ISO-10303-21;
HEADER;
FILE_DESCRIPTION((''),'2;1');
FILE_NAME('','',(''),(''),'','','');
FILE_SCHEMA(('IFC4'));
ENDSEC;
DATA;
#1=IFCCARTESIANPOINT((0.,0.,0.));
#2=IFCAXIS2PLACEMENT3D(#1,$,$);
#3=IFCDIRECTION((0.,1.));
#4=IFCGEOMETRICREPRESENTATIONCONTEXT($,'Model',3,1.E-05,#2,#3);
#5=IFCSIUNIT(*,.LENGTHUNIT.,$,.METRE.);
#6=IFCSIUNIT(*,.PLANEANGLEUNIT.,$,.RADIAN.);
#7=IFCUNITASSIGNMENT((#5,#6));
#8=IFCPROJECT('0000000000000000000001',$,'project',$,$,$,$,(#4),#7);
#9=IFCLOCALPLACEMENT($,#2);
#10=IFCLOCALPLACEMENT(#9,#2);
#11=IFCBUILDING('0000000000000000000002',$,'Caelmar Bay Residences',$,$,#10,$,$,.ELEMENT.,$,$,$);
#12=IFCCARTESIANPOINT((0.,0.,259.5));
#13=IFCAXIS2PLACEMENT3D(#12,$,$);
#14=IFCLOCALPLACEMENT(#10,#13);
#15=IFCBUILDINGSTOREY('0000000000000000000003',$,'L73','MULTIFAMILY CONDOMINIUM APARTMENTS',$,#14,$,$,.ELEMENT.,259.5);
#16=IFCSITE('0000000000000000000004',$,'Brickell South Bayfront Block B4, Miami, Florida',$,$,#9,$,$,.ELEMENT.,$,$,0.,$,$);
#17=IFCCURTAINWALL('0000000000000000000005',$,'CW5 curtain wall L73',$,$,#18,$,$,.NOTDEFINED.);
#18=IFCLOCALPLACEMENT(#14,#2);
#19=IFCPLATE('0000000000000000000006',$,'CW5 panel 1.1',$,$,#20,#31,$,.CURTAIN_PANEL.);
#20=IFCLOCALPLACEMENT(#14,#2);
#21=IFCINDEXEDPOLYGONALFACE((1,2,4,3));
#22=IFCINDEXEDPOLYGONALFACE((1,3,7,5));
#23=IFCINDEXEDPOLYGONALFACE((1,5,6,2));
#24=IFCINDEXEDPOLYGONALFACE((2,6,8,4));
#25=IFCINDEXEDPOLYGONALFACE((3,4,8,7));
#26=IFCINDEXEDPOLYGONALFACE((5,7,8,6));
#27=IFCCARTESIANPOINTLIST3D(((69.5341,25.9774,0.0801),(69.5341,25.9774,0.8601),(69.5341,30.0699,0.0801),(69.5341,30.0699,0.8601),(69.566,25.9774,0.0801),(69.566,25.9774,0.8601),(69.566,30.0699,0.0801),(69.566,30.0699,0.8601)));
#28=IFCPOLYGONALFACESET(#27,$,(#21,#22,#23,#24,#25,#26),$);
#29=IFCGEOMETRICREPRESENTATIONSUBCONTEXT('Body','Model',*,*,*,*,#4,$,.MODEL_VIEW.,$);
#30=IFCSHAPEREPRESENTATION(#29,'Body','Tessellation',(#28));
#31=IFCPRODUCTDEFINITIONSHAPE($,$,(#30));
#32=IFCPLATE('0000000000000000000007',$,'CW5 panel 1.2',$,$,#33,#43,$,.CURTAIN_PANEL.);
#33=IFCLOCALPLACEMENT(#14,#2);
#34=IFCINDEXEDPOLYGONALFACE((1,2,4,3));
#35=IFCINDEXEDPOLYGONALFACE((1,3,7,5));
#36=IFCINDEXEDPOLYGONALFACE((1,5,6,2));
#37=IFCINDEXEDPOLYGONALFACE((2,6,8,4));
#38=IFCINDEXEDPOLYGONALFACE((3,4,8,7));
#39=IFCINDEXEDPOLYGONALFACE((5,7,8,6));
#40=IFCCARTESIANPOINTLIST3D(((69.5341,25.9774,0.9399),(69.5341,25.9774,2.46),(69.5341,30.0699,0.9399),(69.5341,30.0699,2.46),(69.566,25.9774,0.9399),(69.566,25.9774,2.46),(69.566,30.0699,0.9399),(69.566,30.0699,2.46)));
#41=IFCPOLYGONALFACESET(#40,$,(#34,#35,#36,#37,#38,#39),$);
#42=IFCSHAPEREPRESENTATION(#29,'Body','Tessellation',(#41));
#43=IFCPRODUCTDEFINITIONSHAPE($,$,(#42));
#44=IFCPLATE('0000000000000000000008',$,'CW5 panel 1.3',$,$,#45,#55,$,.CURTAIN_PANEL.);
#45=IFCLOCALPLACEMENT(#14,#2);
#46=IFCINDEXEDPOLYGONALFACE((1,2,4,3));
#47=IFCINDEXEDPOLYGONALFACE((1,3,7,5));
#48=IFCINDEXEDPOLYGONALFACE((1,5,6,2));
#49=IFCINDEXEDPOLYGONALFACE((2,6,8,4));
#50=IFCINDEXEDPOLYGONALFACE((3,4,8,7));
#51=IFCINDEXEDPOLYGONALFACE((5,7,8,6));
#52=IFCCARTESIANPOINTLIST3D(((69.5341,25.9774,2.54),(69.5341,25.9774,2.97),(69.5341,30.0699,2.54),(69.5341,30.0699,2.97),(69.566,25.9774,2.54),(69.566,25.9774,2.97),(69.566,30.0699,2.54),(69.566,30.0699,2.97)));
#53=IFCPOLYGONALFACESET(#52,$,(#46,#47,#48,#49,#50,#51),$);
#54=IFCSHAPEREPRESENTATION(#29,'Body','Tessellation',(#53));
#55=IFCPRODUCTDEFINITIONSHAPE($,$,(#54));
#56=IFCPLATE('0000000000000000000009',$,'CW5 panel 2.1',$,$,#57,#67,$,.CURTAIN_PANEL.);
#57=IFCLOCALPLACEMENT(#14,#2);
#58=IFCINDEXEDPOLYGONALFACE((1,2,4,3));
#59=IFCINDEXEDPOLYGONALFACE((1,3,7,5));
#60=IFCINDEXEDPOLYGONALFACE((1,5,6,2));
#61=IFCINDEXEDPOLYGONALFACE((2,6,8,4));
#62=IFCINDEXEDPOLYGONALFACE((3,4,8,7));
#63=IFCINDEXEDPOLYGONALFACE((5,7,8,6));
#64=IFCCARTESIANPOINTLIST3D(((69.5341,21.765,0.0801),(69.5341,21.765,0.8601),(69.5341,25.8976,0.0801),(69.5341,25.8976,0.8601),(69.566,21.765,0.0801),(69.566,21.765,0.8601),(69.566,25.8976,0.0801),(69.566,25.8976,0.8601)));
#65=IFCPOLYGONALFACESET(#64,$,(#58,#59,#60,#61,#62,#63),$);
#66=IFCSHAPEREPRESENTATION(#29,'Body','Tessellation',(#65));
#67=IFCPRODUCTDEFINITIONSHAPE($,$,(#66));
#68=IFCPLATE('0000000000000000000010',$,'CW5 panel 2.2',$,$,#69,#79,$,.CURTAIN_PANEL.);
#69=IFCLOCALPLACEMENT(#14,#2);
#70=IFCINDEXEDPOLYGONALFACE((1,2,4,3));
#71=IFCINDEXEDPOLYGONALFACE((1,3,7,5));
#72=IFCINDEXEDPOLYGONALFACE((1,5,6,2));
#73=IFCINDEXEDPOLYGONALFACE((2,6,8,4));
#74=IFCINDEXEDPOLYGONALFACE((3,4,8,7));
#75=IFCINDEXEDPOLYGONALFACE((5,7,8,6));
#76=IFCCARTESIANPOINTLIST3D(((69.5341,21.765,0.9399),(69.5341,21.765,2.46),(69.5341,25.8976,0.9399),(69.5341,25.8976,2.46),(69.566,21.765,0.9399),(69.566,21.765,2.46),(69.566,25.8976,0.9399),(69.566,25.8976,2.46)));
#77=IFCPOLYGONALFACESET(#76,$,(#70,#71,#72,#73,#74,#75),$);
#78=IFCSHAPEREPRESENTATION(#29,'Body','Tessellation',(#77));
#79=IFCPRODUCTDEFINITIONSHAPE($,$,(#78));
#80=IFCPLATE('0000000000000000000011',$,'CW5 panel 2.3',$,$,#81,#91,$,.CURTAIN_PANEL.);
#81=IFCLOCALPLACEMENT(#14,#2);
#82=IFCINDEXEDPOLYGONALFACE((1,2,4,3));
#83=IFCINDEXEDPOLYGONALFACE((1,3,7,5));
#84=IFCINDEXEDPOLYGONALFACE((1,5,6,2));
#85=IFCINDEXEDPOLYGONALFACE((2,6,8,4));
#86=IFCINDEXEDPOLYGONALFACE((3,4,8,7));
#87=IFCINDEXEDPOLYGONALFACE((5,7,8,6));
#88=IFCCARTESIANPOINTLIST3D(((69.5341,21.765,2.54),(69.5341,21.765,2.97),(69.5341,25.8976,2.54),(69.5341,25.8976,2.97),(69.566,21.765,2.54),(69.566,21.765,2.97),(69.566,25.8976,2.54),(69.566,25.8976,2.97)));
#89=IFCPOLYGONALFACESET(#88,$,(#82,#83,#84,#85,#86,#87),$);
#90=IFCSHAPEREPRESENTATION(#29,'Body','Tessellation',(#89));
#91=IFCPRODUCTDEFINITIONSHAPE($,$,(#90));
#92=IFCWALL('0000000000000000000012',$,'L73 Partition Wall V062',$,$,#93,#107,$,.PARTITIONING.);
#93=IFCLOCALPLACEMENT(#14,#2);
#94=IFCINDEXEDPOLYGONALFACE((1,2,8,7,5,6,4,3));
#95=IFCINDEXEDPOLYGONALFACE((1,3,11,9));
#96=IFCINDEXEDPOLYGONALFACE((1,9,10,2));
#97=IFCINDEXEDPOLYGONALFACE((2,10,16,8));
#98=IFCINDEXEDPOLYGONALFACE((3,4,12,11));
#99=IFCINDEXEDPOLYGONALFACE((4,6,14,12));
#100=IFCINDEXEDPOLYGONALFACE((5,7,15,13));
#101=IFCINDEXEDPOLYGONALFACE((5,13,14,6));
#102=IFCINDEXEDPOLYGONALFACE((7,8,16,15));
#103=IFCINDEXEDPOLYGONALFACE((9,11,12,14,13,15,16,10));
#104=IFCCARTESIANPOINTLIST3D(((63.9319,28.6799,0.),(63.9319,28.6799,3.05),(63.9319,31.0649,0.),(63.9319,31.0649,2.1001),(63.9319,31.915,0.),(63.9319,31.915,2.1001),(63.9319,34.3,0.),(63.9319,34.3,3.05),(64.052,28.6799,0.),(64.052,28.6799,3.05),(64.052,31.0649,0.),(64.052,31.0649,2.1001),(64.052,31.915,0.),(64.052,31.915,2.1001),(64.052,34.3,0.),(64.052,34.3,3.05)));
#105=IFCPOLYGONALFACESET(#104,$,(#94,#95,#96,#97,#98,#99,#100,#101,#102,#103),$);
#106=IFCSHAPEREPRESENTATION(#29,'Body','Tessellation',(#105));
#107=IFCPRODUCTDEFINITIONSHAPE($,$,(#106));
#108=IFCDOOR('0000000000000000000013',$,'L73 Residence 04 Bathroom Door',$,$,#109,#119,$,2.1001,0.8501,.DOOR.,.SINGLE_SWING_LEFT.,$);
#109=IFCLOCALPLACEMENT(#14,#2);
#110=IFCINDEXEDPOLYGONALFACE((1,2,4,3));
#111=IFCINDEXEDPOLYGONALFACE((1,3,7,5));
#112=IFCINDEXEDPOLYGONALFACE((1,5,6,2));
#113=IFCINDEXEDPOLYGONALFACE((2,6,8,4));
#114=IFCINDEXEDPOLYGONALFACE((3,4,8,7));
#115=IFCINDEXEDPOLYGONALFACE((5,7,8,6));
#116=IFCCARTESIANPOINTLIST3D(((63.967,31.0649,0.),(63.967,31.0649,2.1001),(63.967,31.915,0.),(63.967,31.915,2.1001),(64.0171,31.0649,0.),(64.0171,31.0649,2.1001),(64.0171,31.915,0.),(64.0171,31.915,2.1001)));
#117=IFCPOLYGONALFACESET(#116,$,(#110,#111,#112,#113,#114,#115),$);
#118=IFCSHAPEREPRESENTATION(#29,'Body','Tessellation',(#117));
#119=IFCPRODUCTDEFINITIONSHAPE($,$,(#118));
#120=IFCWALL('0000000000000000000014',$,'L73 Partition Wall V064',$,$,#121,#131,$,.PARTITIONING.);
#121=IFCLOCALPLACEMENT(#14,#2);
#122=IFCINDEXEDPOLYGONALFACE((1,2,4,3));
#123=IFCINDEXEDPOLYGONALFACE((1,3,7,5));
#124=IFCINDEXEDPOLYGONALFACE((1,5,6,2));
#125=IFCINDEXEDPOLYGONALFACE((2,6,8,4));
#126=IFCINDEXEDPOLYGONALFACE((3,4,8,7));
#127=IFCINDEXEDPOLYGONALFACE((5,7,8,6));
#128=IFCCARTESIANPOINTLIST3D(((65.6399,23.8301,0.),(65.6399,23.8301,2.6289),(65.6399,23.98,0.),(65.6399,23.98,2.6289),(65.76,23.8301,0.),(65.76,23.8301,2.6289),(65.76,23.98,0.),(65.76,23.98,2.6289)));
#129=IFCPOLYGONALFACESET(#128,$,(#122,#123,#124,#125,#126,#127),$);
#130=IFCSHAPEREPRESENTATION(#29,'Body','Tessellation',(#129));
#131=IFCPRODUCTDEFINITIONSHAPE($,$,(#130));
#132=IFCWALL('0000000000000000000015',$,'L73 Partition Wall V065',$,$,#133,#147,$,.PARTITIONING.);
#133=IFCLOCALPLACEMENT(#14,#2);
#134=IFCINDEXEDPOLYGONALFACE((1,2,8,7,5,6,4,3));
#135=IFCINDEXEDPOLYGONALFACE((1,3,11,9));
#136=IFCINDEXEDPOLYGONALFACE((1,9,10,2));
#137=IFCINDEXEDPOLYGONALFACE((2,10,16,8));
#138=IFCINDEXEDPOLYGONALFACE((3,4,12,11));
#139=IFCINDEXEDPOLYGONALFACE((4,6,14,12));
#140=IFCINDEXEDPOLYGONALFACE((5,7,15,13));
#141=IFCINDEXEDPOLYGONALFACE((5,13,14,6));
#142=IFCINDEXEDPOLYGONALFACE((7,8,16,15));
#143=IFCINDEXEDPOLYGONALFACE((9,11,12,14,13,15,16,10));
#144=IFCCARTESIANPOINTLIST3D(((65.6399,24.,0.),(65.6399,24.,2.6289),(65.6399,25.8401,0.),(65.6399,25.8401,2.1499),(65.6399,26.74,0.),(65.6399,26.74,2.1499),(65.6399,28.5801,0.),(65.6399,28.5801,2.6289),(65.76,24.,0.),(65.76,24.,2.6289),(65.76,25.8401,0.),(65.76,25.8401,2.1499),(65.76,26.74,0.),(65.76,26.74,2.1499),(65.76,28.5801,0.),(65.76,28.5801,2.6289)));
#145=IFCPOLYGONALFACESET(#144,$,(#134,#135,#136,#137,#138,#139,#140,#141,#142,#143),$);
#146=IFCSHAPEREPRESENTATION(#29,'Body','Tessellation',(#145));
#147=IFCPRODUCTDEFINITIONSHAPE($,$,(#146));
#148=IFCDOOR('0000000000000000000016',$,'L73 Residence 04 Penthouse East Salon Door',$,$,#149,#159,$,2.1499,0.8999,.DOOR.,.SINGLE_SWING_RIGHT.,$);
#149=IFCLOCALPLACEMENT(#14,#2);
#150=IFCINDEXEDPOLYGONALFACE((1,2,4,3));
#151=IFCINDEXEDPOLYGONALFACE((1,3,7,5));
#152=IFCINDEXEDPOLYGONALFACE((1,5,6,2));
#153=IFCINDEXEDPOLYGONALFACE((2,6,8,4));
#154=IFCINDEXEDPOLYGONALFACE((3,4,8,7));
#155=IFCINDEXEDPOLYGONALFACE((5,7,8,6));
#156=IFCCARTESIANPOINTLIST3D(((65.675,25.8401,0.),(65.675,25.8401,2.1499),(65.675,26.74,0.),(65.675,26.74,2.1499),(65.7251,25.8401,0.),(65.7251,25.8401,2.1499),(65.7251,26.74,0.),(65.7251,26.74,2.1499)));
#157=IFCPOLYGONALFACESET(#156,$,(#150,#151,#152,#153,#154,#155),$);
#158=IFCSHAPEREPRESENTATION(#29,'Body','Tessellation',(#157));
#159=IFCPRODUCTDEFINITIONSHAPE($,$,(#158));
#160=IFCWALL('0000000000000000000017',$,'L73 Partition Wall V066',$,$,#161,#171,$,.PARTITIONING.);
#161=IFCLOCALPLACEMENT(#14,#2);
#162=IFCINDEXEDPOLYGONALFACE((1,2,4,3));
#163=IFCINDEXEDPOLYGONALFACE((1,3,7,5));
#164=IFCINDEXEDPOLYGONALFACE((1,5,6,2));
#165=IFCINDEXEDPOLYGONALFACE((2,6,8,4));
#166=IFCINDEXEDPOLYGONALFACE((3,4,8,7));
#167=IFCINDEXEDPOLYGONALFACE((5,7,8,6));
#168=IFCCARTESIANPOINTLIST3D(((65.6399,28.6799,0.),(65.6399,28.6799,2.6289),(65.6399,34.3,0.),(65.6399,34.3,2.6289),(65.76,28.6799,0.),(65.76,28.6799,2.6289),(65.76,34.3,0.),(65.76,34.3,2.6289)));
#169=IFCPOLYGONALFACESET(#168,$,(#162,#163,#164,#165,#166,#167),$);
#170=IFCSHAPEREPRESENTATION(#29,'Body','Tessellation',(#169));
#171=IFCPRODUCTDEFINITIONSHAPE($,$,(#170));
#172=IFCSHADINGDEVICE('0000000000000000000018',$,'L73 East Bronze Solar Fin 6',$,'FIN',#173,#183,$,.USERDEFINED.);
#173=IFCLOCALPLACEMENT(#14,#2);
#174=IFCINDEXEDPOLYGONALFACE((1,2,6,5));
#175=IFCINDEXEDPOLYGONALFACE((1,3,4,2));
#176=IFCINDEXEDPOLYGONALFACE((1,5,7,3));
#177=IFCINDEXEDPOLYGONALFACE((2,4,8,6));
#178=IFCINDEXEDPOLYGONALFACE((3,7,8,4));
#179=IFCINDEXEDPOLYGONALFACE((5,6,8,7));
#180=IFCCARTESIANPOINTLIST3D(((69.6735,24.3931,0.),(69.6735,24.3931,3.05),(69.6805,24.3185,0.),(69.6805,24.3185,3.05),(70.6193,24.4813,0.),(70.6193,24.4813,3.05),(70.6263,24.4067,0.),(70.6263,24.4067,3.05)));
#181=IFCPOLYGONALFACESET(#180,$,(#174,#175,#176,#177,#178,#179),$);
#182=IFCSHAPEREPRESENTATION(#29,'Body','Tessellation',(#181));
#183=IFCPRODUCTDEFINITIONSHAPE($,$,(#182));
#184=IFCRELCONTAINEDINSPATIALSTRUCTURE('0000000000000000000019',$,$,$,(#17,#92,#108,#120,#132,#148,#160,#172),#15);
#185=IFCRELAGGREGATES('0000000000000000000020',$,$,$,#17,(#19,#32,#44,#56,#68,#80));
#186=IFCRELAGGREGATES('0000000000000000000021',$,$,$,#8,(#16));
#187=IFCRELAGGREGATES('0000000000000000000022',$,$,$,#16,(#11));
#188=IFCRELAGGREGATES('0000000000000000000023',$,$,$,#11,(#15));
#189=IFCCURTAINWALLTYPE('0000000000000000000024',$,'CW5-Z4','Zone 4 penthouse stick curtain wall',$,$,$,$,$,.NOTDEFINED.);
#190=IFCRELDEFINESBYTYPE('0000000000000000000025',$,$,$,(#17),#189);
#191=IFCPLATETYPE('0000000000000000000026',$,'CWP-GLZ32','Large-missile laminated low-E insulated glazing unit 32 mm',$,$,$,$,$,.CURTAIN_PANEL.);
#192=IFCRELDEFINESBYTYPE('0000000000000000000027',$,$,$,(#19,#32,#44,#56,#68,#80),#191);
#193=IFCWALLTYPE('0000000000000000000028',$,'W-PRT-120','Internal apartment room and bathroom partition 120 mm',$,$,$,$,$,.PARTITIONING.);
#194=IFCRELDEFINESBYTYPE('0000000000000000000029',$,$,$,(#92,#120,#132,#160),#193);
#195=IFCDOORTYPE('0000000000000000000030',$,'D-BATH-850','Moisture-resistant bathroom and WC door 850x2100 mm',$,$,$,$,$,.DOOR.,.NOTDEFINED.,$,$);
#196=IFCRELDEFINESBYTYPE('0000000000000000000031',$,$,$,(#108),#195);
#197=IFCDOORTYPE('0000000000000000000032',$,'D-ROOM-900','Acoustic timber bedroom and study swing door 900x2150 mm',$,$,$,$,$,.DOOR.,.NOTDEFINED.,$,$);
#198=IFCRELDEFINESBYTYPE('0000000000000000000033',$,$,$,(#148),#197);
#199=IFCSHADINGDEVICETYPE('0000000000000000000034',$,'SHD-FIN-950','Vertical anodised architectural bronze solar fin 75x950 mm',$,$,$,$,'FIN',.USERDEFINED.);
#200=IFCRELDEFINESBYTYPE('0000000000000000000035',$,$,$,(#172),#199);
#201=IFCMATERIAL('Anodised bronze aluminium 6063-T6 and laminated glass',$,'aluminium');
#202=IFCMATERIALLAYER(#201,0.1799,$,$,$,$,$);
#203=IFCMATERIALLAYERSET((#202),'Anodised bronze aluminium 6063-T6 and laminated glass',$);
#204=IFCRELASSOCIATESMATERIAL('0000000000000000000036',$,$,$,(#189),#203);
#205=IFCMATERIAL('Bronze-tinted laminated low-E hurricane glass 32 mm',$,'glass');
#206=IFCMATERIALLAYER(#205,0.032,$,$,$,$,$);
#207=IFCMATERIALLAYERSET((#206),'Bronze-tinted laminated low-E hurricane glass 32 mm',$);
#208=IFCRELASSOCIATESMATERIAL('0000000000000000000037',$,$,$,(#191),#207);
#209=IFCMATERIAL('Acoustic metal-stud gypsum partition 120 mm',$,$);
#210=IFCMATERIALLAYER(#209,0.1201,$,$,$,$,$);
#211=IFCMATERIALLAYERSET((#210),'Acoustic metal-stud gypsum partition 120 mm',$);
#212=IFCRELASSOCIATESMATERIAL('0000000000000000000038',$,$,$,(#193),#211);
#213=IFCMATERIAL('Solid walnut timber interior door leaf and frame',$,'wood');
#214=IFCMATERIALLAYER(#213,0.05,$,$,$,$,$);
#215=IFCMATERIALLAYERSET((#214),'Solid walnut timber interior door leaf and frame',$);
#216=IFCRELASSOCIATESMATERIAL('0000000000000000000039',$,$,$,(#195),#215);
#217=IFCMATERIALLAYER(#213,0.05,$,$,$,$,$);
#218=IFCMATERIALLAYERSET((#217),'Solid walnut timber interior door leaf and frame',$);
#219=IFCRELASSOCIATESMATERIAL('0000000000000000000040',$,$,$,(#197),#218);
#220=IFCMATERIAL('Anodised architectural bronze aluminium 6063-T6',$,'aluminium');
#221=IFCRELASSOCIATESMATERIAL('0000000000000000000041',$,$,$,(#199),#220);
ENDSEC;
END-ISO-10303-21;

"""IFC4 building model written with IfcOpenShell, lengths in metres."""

from ifc_helpers import new_model, si_unit, direction, frame, frame_2d, origin, origin_2d, place, context, subcontext, project, spatial, rectangle, extrude, material, layer, layer_set, material_profile, profile_set, type_object, element, fill, aggregate, save


model = new_model("IFC4")

# Units and contexts
model_context = context("Model", 3, precision=1e-05, world=origin(), true_north=direction((0.0, 1.0)))
body_context = subcontext(model_context, "Body", "Model", "MODEL_VIEW")
ifc_project = project(units=[si_unit("LENGTHUNIT", "METRE"), si_unit("PLANEANGLEUNIT", "RADIAN")], contexts=[model_context])

# Site, building, storey
site_placement = place(None, origin())
site = spatial("IfcSite", under=ifc_project, at=site_placement, Name="Brickell South Bayfront Block B4, Miami, Florida", CompositionType="ELEMENT", RefElevation=0.0)
building_placement = place(site_placement, origin())
building = spatial("IfcBuilding", under=site, at=building_placement, Name="Caelmar Bay Residences", CompositionType="ELEMENT")
storey_placement = place(building_placement, frame((0.0, 0.0, 259.5)))
storey = spatial("IfcBuildingStorey", under=building, at=storey_placement, Name="L73", Description="MULTIFAMILY CONDOMINIUM APARTMENTS", CompositionType="ELEMENT", Elevation=259.5)

# Curtain wall, plates
ifc_material_1 = material(Name="Anodised bronze aluminium 6063-T6 and laminated glass", Category="aluminium")
ifc_layer_1 = layer(ifc_material_1, 0.1799)
ifc_layer_set_1 = layer_set([ifc_layer_1], Name="Anodised bronze aluminium 6063-T6 and laminated glass")
curtain_wall_type = type_object("IfcCurtainWallType", Name="CW5-Z4", Description="Zone 4 penthouse stick curtain wall", PredefinedType="NOTDEFINED", material=ifc_layer_set_1)
curtain_wall_placement = place(storey_placement, origin())
curtain_wall = element("IfcCurtainWall", 1, at=curtain_wall_placement, inside=storey, type_object=curtain_wall_type, Name="CW5 curtain wall L73", PredefinedType="NOTDEFINED")
ifc_material_2 = material(Name="Bronze-tinted laminated low-E hurricane glass 32 mm", Category="glass")
ifc_layer_2 = layer(ifc_material_2, 0.032)
ifc_layer_set_2 = layer_set([ifc_layer_2], Name="Bronze-tinted laminated low-E hurricane glass 32 mm")
plate_type = type_object("IfcPlateType", Name="CWP-GLZ32", Description="Large-missile laminated low-E insulated glazing unit 32 mm", PredefinedType="CURTAIN_PANEL", material=ifc_layer_set_2)
plate_1_placement = place(storey_placement, frame((69.55, 28.0237, 0.0801), z_axis=(0.0, 0.0, 1.0), x_axis=(0.0, -1.0, 0.0)))
plate_1 = element("IfcPlate", 2, at=plate_1_placement, type_object=plate_type, Name="CW5 panel 1.1", PredefinedType="CURTAIN_PANEL", context=body_context, shape_type="SweptSolid", body=[
    extrude(rectangle(XDim=4.0925, YDim=0.032, at=origin_2d()), origin(), (0.0, 0.0, 1.0), 0.78),
])
plate_2_placement = place(storey_placement, frame((69.55, 28.0237, 0.9399), z_axis=(0.0, 0.0, 1.0), x_axis=(0.0, -1.0, 0.0)))
plate_2 = element("IfcPlate", 3, at=plate_2_placement, type_object=plate_type, Name="CW5 panel 1.2", PredefinedType="CURTAIN_PANEL", context=body_context, shape_type="SweptSolid", body=[
    extrude(rectangle(XDim=4.0925, YDim=0.032, at=origin_2d()), origin(), (0.0, 0.0, 1.0), 1.52),
])
plate_3_placement = place(storey_placement, frame((69.55, 28.0237, 2.54), z_axis=(0.0, 0.0, 1.0), x_axis=(0.0, -1.0, 0.0)))
plate_3 = element("IfcPlate", 4, at=plate_3_placement, type_object=plate_type, Name="CW5 panel 1.3", PredefinedType="CURTAIN_PANEL", context=body_context, shape_type="SweptSolid", body=[
    extrude(rectangle(XDim=4.0925, YDim=0.032, at=origin_2d()), origin(), (0.0, 0.0, 1.0), 0.4299),
])
plate_4_placement = place(storey_placement, frame((69.55, 23.8313, 0.0801), z_axis=(0.0, 0.0, 1.0), x_axis=(0.0, -1.0, 0.0)))
plate_4 = element("IfcPlate", 5, at=plate_4_placement, type_object=plate_type, Name="CW5 panel 2.1", PredefinedType="CURTAIN_PANEL", context=body_context, shape_type="SweptSolid", body=[
    extrude(rectangle(XDim=4.1326, YDim=0.032, at=origin_2d()), origin(), (0.0, 0.0, 1.0), 0.78),
])
plate_5_placement = place(storey_placement, frame((69.55, 23.8313, 0.9399), z_axis=(0.0, 0.0, 1.0), x_axis=(0.0, -1.0, 0.0)))
plate_5 = element("IfcPlate", 6, at=plate_5_placement, type_object=plate_type, Name="CW5 panel 2.2", PredefinedType="CURTAIN_PANEL", context=body_context, shape_type="SweptSolid", body=[
    extrude(rectangle(XDim=4.1326, YDim=0.032, at=origin_2d()), origin(), (0.0, 0.0, 1.0), 1.52),
])
plate_6_placement = place(storey_placement, frame((69.55, 23.8313, 2.54), z_axis=(0.0, 0.0, 1.0), x_axis=(0.0, -1.0, 0.0)))
plate_6 = element("IfcPlate", 7, at=plate_6_placement, type_object=plate_type, Name="CW5 panel 2.3", PredefinedType="CURTAIN_PANEL", context=body_context, shape_type="SweptSolid", body=[
    extrude(rectangle(XDim=4.1326, YDim=0.032, at=origin_2d()), origin(), (0.0, 0.0, 1.0), 0.4299),
])
aggregate(curtain_wall, [plate_1, plate_2, plate_3, plate_4, plate_5, plate_6])

# Wall, opening, door
ifc_material_3 = material(Name="Acoustic metal-stud gypsum partition 120 mm")
ifc_layer_3 = layer(ifc_material_3, 0.1201)
ifc_layer_set_3 = layer_set([ifc_layer_3], Name="Acoustic metal-stud gypsum partition 120 mm")
wall_type = type_object("IfcWallType", Name="W-PRT-120", Description="Internal apartment room and bathroom partition 120 mm", PredefinedType="PARTITIONING", material=ifc_layer_set_3)
wall_1_placement = place(storey_placement, frame((63.9919, 28.6799, 0.0), z_axis=(0.0, 0.0, 1.0), x_axis=(0.0, 1.0, 0.0)))
wall_1 = element("IfcWall", 8, at=wall_1_placement, inside=storey, type_object=wall_type, Name="L73 Partition Wall V062", PredefinedType="PARTITIONING", context=body_context, shape_type="SweptSolid", body=[
    extrude(rectangle(XDim=5.6201, YDim=0.1201, at=frame_2d((2.8101, 0.0))), origin(), (0.0, 0.0, 1.0), 3.05),
])
opening_1_placement = place(wall_1_placement, frame((2.385, 0.0, 0.0)))
opening_1 = element("IfcOpeningElement", 9, at=opening_1_placement, cuts=wall_1, PredefinedType="OPENING", context=body_context, shape_type="SweptSolid", body=[
    extrude(rectangle(XDim=0.8501, YDim=2.1001, at=frame_2d((0.425, 1.05))), frame((0.0, 0.0701, 0.0), z_axis=(0.0, -1.0, 0.0), x_axis=(1.0, 0.0, 0.0)), (0.0, 0.0, 1.0), 0.1401),
])
ifc_material_4 = material(Name="Solid walnut timber interior door leaf and frame", Category="wood")
ifc_layer_4 = layer(ifc_material_4, 0.05)
ifc_layer_set_4 = layer_set([ifc_layer_4], Name="Solid walnut timber interior door leaf and frame")
door_type_1 = type_object("IfcDoorType", Name="D-BATH-850", Description="Moisture-resistant bathroom and WC door 850x2100 mm", OperationType="NOTDEFINED", PredefinedType="DOOR", material=ifc_layer_set_4)
door_1_placement = place(opening_1_placement, origin())
door_1 = element("IfcDoor", 10, at=door_1_placement, inside=storey, type_object=door_type_1, Name="L73 Residence 04 Bathroom Door", OperationType="SINGLE_SWING_LEFT", OverallHeight=2.1001, OverallWidth=0.8501, PredefinedType="DOOR", context=body_context, shape_type="SweptSolid", body=[
    extrude(rectangle(XDim=0.8501, YDim=2.1001, at=frame_2d((0.425, 1.05))), frame((0.0, 0.0249, 0.0), z_axis=(0.0, -1.0, 0.0), x_axis=(1.0, 0.0, 0.0)), (0.0, 0.0, 1.0), 0.05),
])
fill(opening_1, door_1)

# Wall
wall_2_placement = place(storey_placement, frame((65.7, 23.8301, 0.0), z_axis=(0.0, 0.0, 1.0), x_axis=(0.0, 1.0, 0.0)))
element("IfcWall", 11, at=wall_2_placement, inside=storey, type_object=wall_type, Name="L73 Partition Wall V064", PredefinedType="PARTITIONING", context=body_context, shape_type="SweptSolid", body=[
    extrude(rectangle(XDim=0.1499, YDim=0.1201, at=frame_2d((0.075, 0.0))), origin(), (0.0, 0.0, 1.0), 2.6289),
])

# Wall, opening, door
wall_3_placement = place(storey_placement, frame((65.7, 24.0, 0.0), z_axis=(0.0, 0.0, 1.0), x_axis=(0.0, 1.0, 0.0)))
wall_3 = element("IfcWall", 12, at=wall_3_placement, inside=storey, type_object=wall_type, Name="L73 Partition Wall V065", PredefinedType="PARTITIONING", context=body_context, shape_type="SweptSolid", body=[
    extrude(rectangle(XDim=4.5801, YDim=0.1201, at=frame_2d((2.29, 0.0))), origin(), (0.0, 0.0, 1.0), 2.6289),
])
opening_2_placement = place(wall_3_placement, frame((1.8401, 0.0, 0.0)))
opening_2 = element("IfcOpeningElement", 13, at=opening_2_placement, cuts=wall_3, PredefinedType="OPENING", context=body_context, shape_type="SweptSolid", body=[
    extrude(rectangle(XDim=0.8999, YDim=2.1499, at=frame_2d((0.45, 1.075))), frame((0.0, 0.0701, 0.0), z_axis=(0.0, -1.0, 0.0), x_axis=(1.0, 0.0, 0.0)), (0.0, 0.0, 1.0), 0.1401),
])
ifc_layer_5 = layer(ifc_material_4, 0.05)
ifc_layer_set_5 = layer_set([ifc_layer_5], Name="Solid walnut timber interior door leaf and frame")
door_type_2 = type_object("IfcDoorType", Name="D-ROOM-900", Description="Acoustic timber bedroom and study swing door 900x2150 mm", OperationType="NOTDEFINED", PredefinedType="DOOR", material=ifc_layer_set_5)
door_2_placement = place(opening_2_placement, origin())
door_2 = element("IfcDoor", 14, at=door_2_placement, inside=storey, type_object=door_type_2, Name="L73 Residence 04 Penthouse East Salon Door", OperationType="SINGLE_SWING_RIGHT", OverallHeight=2.1499, OverallWidth=0.8999, PredefinedType="DOOR", context=body_context, shape_type="SweptSolid", body=[
    extrude(rectangle(XDim=0.8999, YDim=2.1499, at=frame_2d((0.45, 1.075))), frame((0.0, 0.0249, 0.0), z_axis=(0.0, -1.0, 0.0), x_axis=(1.0, 0.0, 0.0)), (0.0, 0.0, 1.0), 0.05),
])
fill(opening_2, door_2)

# Wall
wall_4_placement = place(storey_placement, frame((65.7, 28.6799, 0.0), z_axis=(0.0, 0.0, 1.0), x_axis=(0.0, 1.0, 0.0)))
element("IfcWall", 15, at=wall_4_placement, inside=storey, type_object=wall_type, Name="L73 Partition Wall V066", PredefinedType="PARTITIONING", context=body_context, shape_type="SweptSolid", body=[
    extrude(rectangle(XDim=5.6201, YDim=0.1201, at=frame_2d((2.8101, 0.0))), origin(), (0.0, 0.0, 1.0), 2.6289),
])

# Shading device
ifc_material_5 = material(Name="Anodised architectural bronze aluminium 6063-T6", Category="aluminium")
ifc_material_profile_1 = material_profile(ifc_material_5, rectangle(XDim=0.075, YDim=0.95, at=origin_2d()), Name="BRONZE-FIN-75X950")
ifc_profile_set_1 = profile_set([ifc_material_profile_1], Name="Anodised architectural bronze aluminium 6063-T6")
shading_device_type = type_object("IfcShadingDeviceType", Name="SHD-FIN-950", Description="Vertical anodised architectural bronze solar fin 75x950 mm", ElementType="FIN", PredefinedType="USERDEFINED", material=ifc_profile_set_1)
for number, where, z_axis, x_axis, name in (
    (16, (70.1499, 24.3999, 0.0), (0.0, 0.0, 1.0), (-0.092892, 0.995676, 0.0), "L73 East Bronze Solar Fin 6"),
):
    element("IfcShadingDevice", number, at=place(storey_placement, frame(where, z_axis=z_axis, x_axis=x_axis)), inside=storey, type_object=shading_device_type, Name=name, ObjectType="FIN", PredefinedType="USERDEFINED", context=body_context, shape_type="SweptSolid", body=[
        extrude(rectangle(XDim=0.075, YDim=0.95, at=origin_2d()), origin(), (0.0, 0.0, 1.0), 3.05),
    ])

save(model, "model.ifc")
